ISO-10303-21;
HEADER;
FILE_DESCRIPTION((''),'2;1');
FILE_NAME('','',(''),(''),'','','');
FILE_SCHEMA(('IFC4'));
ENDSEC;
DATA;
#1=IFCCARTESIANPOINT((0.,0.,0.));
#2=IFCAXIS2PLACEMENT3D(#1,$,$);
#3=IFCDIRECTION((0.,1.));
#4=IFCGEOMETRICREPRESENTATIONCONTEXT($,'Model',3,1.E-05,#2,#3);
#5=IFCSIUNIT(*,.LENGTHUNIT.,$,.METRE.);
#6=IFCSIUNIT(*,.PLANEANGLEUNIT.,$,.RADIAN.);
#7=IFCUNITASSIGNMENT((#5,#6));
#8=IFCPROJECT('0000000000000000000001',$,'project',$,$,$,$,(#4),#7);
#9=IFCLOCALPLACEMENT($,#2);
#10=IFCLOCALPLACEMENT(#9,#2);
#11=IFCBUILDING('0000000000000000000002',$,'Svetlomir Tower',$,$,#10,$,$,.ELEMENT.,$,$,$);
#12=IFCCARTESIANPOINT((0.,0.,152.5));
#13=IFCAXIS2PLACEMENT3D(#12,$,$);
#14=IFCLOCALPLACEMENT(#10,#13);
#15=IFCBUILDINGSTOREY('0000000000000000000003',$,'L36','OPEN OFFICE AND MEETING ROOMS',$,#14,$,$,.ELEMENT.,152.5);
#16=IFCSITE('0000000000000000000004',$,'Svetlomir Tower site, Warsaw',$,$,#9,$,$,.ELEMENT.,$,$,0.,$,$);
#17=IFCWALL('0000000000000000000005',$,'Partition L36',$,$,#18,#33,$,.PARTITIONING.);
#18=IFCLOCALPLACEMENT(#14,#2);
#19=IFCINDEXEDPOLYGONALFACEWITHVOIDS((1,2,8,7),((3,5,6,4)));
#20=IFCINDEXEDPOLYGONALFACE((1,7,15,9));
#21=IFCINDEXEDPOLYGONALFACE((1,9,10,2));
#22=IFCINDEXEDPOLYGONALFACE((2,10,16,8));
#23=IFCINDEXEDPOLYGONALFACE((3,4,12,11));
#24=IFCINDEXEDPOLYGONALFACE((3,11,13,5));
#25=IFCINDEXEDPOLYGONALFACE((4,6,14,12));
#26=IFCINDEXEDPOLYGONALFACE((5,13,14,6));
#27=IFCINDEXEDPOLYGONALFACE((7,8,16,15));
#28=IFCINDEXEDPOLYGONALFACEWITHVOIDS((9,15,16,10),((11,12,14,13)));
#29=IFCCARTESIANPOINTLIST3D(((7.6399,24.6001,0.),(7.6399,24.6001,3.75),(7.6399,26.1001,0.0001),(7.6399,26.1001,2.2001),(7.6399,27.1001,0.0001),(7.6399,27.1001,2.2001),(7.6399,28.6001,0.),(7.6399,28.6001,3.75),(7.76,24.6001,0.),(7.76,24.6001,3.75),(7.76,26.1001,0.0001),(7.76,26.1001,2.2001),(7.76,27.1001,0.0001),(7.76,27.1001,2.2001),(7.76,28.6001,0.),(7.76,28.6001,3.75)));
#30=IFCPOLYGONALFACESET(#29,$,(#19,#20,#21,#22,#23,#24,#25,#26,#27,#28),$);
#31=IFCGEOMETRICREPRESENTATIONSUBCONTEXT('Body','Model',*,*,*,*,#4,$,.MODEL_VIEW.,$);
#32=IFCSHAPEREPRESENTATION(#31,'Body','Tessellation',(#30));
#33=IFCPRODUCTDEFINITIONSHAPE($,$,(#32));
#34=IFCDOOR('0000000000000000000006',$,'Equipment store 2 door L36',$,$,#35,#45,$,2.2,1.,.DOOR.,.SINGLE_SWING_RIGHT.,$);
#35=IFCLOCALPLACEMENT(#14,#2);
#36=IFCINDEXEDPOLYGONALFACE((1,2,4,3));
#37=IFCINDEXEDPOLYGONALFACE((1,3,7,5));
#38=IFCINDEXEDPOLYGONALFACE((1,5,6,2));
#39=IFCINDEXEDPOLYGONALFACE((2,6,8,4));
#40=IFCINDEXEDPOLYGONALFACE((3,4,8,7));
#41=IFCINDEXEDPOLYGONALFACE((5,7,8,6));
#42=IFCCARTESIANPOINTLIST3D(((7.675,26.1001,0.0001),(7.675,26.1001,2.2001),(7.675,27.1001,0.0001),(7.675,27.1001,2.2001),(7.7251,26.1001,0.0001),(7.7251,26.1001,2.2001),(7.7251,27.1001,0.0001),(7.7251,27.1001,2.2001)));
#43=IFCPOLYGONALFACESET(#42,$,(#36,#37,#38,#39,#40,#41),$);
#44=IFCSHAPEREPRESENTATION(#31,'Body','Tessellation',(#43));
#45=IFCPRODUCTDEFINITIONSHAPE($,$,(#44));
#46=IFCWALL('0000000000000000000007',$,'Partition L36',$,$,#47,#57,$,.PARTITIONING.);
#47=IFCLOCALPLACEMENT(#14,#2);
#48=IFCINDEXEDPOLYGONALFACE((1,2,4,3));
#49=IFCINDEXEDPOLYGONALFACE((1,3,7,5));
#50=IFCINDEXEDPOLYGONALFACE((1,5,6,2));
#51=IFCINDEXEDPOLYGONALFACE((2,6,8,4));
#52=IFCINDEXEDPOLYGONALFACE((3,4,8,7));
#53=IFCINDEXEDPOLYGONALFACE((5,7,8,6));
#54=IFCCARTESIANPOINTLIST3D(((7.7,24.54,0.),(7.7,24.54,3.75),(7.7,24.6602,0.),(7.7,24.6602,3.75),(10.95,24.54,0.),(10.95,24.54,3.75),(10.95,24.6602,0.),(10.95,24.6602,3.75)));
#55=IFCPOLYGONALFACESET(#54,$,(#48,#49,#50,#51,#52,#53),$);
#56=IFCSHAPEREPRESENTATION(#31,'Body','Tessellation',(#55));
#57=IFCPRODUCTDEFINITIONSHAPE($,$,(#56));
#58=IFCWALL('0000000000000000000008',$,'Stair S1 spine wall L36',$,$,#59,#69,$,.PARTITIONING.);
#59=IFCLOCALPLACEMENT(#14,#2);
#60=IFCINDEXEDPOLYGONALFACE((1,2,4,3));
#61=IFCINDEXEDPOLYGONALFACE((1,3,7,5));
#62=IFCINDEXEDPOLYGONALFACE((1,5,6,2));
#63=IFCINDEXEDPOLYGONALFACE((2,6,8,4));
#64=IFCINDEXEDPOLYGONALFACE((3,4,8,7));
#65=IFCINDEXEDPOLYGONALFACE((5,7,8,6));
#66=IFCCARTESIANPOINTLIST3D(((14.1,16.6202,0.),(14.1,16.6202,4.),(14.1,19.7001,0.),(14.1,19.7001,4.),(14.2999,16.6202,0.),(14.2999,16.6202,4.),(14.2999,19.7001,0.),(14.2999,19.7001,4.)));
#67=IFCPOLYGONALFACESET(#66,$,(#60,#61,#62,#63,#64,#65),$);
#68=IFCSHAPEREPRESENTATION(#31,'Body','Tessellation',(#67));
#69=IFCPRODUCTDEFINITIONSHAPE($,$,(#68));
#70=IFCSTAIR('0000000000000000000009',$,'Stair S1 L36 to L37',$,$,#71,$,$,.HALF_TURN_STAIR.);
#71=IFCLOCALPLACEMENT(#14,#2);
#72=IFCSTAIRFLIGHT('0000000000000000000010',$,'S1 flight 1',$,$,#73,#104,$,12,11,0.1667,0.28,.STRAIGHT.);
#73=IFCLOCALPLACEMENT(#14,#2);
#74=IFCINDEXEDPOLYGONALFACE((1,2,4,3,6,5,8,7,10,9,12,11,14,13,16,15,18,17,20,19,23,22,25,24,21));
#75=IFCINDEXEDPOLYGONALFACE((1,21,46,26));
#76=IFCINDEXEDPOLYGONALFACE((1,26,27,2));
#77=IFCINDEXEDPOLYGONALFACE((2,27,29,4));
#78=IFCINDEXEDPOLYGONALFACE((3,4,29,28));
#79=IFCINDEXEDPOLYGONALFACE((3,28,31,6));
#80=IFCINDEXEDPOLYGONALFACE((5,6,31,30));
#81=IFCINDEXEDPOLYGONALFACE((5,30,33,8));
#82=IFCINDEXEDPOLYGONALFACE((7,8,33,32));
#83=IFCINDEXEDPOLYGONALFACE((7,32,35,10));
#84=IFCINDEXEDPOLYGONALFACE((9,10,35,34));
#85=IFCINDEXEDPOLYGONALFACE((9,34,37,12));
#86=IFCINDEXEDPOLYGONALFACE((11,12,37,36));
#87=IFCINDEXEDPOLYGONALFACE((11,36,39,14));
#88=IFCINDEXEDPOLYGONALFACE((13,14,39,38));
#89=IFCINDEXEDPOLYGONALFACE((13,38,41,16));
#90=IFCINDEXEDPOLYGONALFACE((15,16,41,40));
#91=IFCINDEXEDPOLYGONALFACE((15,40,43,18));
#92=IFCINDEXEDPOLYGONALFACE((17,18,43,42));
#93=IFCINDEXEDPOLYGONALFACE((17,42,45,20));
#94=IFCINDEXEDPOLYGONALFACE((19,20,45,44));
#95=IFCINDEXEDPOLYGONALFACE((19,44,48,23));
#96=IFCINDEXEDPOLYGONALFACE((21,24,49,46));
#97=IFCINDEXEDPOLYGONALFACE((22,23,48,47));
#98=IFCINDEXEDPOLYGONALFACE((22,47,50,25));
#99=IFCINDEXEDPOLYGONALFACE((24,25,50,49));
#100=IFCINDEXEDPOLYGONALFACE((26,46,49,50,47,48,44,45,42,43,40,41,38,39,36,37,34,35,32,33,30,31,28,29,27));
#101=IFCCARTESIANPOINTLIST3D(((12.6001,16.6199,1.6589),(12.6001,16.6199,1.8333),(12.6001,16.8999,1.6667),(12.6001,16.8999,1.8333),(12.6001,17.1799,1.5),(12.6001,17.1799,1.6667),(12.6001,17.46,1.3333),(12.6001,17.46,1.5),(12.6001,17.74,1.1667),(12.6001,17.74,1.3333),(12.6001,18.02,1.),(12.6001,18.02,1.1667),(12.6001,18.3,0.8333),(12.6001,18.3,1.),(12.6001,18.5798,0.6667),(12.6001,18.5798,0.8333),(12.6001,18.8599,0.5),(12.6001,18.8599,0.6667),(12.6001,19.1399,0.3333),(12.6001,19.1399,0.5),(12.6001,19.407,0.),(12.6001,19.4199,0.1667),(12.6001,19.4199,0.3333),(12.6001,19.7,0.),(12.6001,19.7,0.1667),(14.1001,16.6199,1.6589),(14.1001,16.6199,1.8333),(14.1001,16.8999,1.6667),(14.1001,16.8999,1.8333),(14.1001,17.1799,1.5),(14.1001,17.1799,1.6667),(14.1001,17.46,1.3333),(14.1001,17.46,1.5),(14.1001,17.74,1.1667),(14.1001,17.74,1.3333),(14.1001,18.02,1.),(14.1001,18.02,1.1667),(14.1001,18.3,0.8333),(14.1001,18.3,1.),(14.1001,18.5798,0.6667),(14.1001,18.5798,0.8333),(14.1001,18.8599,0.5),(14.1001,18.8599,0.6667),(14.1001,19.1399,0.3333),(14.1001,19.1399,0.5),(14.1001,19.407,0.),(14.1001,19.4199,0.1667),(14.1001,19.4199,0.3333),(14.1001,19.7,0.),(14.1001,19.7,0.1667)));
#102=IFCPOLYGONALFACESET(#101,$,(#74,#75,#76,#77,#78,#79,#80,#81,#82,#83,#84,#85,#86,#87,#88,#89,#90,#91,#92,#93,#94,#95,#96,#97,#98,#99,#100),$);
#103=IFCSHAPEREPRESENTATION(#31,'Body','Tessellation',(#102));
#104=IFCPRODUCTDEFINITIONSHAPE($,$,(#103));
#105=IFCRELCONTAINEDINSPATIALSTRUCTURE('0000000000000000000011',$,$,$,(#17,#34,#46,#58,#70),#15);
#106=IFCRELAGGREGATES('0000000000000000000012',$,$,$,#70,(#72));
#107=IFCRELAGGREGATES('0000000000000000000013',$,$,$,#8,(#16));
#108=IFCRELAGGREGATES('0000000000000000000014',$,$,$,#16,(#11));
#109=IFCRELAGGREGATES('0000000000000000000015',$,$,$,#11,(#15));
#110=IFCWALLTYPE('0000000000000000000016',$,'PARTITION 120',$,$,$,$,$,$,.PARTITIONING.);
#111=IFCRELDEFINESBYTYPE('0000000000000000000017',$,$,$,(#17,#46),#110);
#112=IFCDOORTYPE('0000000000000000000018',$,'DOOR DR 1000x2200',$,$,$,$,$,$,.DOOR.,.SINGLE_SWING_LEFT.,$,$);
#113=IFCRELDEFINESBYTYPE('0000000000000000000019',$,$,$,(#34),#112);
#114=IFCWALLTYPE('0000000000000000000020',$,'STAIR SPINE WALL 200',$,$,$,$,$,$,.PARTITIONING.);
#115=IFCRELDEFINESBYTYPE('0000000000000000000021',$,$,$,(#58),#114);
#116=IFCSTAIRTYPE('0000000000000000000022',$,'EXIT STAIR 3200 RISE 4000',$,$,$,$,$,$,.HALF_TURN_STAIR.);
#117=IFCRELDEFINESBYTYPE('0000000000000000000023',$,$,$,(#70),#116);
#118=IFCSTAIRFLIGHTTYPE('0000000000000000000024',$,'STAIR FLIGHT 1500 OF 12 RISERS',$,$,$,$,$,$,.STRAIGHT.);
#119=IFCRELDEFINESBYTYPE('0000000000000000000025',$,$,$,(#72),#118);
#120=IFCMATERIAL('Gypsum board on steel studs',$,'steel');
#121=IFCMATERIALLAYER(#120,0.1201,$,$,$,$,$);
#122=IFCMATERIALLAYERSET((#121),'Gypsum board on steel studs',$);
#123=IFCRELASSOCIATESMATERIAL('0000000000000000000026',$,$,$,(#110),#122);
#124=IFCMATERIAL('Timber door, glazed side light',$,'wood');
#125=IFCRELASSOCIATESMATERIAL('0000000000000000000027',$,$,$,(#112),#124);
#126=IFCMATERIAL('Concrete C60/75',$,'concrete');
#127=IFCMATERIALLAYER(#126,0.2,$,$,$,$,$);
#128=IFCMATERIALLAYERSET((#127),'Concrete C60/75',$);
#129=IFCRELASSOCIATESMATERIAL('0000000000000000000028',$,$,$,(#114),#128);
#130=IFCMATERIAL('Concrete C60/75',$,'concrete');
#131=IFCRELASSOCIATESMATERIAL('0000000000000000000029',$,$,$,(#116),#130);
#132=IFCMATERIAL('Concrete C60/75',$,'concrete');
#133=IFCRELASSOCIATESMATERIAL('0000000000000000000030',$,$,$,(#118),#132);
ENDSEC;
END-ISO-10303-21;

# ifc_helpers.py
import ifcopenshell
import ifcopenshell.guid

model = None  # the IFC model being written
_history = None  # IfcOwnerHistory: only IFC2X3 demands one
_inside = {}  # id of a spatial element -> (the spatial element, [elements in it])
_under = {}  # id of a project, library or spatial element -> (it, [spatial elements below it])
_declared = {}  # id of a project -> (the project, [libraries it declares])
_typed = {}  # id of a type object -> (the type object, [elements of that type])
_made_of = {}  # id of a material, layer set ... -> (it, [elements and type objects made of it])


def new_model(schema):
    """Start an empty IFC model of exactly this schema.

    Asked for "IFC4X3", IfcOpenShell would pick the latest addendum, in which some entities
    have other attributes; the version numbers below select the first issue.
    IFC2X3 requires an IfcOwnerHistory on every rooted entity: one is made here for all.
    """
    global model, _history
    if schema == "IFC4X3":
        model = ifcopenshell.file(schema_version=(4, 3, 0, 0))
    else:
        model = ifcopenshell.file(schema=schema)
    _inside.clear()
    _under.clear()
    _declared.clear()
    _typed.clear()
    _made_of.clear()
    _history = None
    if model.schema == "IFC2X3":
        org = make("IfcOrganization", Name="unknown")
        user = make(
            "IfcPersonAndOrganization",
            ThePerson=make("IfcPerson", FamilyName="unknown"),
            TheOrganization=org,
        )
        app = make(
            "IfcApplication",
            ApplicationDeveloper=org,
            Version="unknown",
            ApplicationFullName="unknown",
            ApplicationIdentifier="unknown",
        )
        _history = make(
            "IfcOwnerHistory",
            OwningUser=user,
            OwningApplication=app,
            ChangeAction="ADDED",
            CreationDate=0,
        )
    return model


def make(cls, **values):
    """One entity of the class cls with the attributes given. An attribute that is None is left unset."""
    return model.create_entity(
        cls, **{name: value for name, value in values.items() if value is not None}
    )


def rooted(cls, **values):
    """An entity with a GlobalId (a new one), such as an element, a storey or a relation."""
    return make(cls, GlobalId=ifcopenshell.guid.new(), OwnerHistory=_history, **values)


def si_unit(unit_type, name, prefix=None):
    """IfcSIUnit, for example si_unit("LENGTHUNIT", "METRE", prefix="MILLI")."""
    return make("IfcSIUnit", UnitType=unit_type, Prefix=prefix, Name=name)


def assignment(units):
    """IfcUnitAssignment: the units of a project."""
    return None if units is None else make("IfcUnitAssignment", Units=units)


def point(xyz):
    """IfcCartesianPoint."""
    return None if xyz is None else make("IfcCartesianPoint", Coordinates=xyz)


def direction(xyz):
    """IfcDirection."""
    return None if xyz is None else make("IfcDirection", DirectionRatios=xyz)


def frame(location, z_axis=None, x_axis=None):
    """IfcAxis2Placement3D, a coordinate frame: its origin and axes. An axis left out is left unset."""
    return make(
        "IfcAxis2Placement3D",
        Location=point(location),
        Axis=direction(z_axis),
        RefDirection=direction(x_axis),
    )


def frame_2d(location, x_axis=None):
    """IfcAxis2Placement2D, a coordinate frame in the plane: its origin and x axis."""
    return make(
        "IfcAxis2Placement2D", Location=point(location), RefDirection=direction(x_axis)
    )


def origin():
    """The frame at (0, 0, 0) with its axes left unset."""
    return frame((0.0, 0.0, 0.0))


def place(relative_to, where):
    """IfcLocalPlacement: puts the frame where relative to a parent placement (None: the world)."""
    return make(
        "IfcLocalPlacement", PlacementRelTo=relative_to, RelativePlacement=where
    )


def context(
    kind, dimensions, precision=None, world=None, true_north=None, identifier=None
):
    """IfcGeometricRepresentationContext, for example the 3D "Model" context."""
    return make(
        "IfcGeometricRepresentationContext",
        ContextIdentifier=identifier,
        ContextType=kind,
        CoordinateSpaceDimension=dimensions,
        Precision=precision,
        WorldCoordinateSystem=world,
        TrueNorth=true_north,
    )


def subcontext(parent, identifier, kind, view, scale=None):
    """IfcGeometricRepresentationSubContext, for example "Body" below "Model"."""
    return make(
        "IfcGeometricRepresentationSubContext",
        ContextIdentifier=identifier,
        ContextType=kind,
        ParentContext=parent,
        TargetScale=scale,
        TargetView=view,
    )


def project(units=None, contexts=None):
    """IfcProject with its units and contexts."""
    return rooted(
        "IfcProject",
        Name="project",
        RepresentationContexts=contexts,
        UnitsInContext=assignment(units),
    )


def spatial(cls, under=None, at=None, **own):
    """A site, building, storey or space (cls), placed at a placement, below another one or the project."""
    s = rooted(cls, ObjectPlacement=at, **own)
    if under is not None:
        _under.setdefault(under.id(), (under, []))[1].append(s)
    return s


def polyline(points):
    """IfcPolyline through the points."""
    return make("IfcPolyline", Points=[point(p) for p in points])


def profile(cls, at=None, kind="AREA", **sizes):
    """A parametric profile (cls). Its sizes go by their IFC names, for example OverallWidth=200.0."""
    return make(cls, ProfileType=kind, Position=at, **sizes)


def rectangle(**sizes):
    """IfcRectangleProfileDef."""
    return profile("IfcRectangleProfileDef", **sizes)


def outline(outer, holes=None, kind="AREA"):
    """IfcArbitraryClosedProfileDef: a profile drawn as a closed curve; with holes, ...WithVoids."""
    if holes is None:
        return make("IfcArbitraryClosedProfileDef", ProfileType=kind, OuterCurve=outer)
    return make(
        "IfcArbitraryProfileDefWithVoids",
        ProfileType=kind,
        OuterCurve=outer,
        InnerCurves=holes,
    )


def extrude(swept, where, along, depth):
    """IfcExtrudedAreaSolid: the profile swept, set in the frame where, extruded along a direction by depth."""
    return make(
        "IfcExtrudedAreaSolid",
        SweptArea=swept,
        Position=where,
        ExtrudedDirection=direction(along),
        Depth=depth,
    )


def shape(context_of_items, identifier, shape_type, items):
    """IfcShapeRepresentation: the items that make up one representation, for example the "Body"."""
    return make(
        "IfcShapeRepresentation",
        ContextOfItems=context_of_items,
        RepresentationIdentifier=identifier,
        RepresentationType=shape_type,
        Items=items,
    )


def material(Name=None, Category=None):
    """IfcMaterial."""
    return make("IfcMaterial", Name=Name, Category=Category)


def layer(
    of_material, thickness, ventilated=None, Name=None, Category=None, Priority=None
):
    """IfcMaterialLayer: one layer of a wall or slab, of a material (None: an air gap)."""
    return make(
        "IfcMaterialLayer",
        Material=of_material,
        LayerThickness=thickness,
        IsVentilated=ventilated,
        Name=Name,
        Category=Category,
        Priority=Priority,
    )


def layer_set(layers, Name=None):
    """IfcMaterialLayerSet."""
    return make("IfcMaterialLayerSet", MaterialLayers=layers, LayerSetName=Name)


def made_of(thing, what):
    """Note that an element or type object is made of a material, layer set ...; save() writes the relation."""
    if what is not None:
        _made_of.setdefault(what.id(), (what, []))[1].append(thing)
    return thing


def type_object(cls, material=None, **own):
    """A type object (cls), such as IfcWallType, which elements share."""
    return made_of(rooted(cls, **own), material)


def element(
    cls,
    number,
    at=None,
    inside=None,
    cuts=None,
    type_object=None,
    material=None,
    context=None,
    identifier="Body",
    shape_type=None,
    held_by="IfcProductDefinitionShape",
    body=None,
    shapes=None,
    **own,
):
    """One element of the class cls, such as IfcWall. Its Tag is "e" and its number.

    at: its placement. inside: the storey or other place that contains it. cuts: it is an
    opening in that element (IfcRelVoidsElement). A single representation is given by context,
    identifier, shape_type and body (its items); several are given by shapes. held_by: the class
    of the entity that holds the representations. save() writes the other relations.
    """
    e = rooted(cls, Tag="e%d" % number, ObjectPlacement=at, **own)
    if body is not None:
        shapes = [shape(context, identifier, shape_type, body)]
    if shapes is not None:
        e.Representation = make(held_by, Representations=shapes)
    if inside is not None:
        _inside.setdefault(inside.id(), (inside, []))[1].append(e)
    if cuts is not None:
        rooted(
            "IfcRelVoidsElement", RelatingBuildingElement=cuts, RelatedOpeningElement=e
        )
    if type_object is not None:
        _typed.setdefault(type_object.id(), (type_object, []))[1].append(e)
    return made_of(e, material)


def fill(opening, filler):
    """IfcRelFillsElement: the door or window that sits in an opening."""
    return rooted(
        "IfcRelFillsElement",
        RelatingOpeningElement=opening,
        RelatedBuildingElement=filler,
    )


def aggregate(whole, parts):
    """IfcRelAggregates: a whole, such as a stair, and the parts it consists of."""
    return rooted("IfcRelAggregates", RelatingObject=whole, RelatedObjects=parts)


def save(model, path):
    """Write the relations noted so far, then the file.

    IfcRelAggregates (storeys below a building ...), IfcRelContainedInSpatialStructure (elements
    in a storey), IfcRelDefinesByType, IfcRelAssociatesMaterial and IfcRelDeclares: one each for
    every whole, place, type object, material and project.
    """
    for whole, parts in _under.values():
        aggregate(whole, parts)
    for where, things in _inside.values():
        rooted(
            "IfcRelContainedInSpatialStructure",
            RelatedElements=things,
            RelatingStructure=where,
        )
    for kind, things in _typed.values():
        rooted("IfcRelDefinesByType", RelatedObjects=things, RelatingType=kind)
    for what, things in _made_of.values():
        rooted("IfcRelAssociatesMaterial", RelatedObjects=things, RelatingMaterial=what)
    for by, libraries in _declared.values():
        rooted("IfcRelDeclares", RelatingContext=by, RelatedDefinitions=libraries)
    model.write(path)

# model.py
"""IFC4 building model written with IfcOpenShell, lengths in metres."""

from ifc_helpers import new_model, si_unit, direction, frame, frame_2d, origin, place, context, subcontext, project, spatial, polyline, rectangle, outline, extrude, material, layer, layer_set, type_object, element, fill, aggregate, save


model = new_model("IFC4")

# Units and contexts
model_context = context("Model", 3, precision=1e-05, world=origin(), true_north=direction((0.0, 1.0)))
body_context = subcontext(model_context, "Body", "Model", "MODEL_VIEW")
ifc_project = project(units=[si_unit("LENGTHUNIT", "METRE"), si_unit("PLANEANGLEUNIT", "RADIAN")], contexts=[model_context])

# Site, building, storey
site_placement = place(None, origin())
site = spatial("IfcSite", under=ifc_project, at=site_placement, Name="Svetlomir Tower site, Warsaw", CompositionType="ELEMENT", RefElevation=0.0)
building_placement = place(site_placement, origin())
building = spatial("IfcBuilding", under=site, at=building_placement, Name="Svetlomir Tower", CompositionType="ELEMENT")
storey_placement = place(building_placement, frame((0.0, 0.0, 152.5)))
storey = spatial("IfcBuildingStorey", under=building, at=storey_placement, Name="L36", Description="OPEN OFFICE AND MEETING ROOMS", CompositionType="ELEMENT", Elevation=152.5)

# Shared definitions
ifc_material_1 = material(Name="Gypsum board on steel studs", Category="steel")
ifc_layer_1 = layer(ifc_material_1, 0.1201)
ifc_layer_set_1 = layer_set([ifc_layer_1], Name="Gypsum board on steel studs")
wall_type_1 = type_object("IfcWallType", Name="PARTITION 120", PredefinedType="PARTITIONING", material=ifc_layer_set_1)

# Wall, opening, door
wall_1_placement = place(storey_placement, frame((7.7, 24.6001, 0.0), z_axis=(0.0, 0.0, 1.0), x_axis=(0.0, 1.0, 0.0)))
wall_1 = element("IfcWall", 1, at=wall_1_placement, inside=storey, type_object=wall_type_1, Name="Partition L36", PredefinedType="PARTITIONING", context=body_context, shape_type="SweptSolid", body=[
    extrude(rectangle(XDim=4.0, YDim=0.1201, at=frame_2d((2.0, 0.0))), origin(), (0.0, 0.0, 1.0), 3.75),
])
opening_1_placement = place(wall_1_placement, frame((1.5, 0.0, 0.0)))
opening_1 = element("IfcOpeningElement", 2, at=opening_1_placement, cuts=wall_1, PredefinedType="OPENING", context=body_context, shape_type="SweptSolid", body=[
    extrude(rectangle(XDim=1.0, YDim=2.2, at=frame_2d((0.5, 1.1001))), frame((0.0, 0.0701, 0.0), z_axis=(0.0, -1.0, 0.0), x_axis=(1.0, 0.0, 0.0)), (0.0, 0.0, 1.0), 0.1401),
])
ifc_material_2 = material(Name="Timber door, glazed side light", Category="wood")
door_type_1 = type_object("IfcDoorType", Name="DOOR DR 1000x2200", OperationType="SINGLE_SWING_LEFT", PredefinedType="DOOR", material=ifc_material_2)
door_1_placement = place(opening_1_placement, origin())
door_1 = element("IfcDoor", 3, at=door_1_placement, inside=storey, type_object=door_type_1, Name="Equipment store 2 door L36", OperationType="SINGLE_SWING_RIGHT", OverallHeight=2.2, OverallWidth=1.0, PredefinedType="DOOR", context=body_context, shape_type="SweptSolid", body=[
    extrude(rectangle(XDim=1.0, YDim=2.2, at=frame_2d((0.5, 1.1001))), frame((0.0, 0.0249, 0.0), z_axis=(0.0, -1.0, 0.0), x_axis=(1.0, 0.0, 0.0)), (0.0, 0.0, 1.0), 0.05),
])
fill(opening_1, door_1)

# Walls
wall_2_placement = place(storey_placement, frame((7.7, 24.6001, 0.0), z_axis=(0.0, 0.0, 1.0), x_axis=(1.0, 0.0, 0.0)))
element("IfcWall", 4, at=wall_2_placement, inside=storey, type_object=wall_type_1, Name="Partition L36", PredefinedType="PARTITIONING", context=body_context, shape_type="SweptSolid", body=[
    extrude(rectangle(XDim=3.25, YDim=0.1201, at=frame_2d((1.625, 0.0))), origin(), (0.0, 0.0, 1.0), 3.75),
])
ifc_material_3 = material(Name="Concrete C60/75", Category="concrete")
ifc_layer_2 = layer(ifc_material_3, 0.2)
ifc_layer_set_2 = layer_set([ifc_layer_2], Name="Concrete C60/75")
wall_type_2 = type_object("IfcWallType", Name="STAIR SPINE WALL 200", PredefinedType="PARTITIONING", material=ifc_layer_set_2)
wall_3_placement = place(storey_placement, frame((14.2, 16.6201, 0.0), z_axis=(0.0, 0.0, 1.0), x_axis=(0.0, 1.0, 0.0)))
element("IfcWall", 5, at=wall_3_placement, inside=storey, type_object=wall_type_2, Name="Stair S1 spine wall L36", PredefinedType="PARTITIONING", context=body_context, shape_type="SweptSolid", body=[
    extrude(rectangle(XDim=3.0798, YDim=0.2, at=frame_2d((1.54, 0.0))), origin(), (0.0, 0.0, 1.0), 4.0),
])

# Stair, stair flight
ifc_material_4 = material(Name="Concrete C60/75", Category="concrete")
stair_type = type_object("IfcStairType", Name="EXIT STAIR 3200 RISE 4000", PredefinedType="HALF_TURN_STAIR", material=ifc_material_4)
stair_placement = place(storey_placement, origin())
stair = element("IfcStair", 6, at=stair_placement, inside=storey, type_object=stair_type, Name="Stair S1 L36 to L37", PredefinedType="HALF_TURN_STAIR")
ifc_material_5 = material(Name="Concrete C60/75", Category="concrete")
stair_flight_type = type_object("IfcStairFlightType", Name="STAIR FLIGHT 1500 OF 12 RISERS", PredefinedType="STRAIGHT", material=ifc_material_5)
stair_flight_placement = place(storey_placement, frame((13.3501, 19.7, 0.0), z_axis=(0.0, 0.0, 1.0), x_axis=(0.0, -1.0, 0.0)))
stair_flight = element("IfcStairFlight", 7, at=stair_flight_placement, type_object=stair_flight_type, Name="S1 flight 1", NumberOfRisers=12, NumberOfTreads=11, PredefinedType="STRAIGHT", RiserHeight=0.1667, TreadLength=0.28, context=body_context, shape_type="SweptSolid", body=[
    extrude(outline(polyline([(0.0, 0.0), (0.0, 0.1667), (0.28, 0.1667), (0.28, 0.3333), (0.5601, 0.3333), (0.5601, 0.5), (0.8401, 0.5), (0.8401, 0.6667), (1.1201, 0.6667), (1.1201, 0.8333), (1.3999, 0.8333), (1.3999, 1.0), (1.6799, 1.0), (1.6799, 1.1667), (1.96, 1.1667), (1.96, 1.3333), (2.24, 1.3333), (2.24, 1.5), (2.52, 1.5), (2.52, 1.6667), (2.8, 1.6667), (2.8, 1.8333), (3.0801, 1.8333), (3.0801, 2.0), (3.0801, 1.6589), (0.293, 0.0), (0.0, 0.0)])), frame((0.0, 0.75, 0.0), z_axis=(0.0, -1.0, 0.0), x_axis=(1.0, 0.0, 0.0)), (0.0, 0.0, 1.0), 1.5),
])
aggregate(stair, [stair_flight])

save(model, "model.ifc")
